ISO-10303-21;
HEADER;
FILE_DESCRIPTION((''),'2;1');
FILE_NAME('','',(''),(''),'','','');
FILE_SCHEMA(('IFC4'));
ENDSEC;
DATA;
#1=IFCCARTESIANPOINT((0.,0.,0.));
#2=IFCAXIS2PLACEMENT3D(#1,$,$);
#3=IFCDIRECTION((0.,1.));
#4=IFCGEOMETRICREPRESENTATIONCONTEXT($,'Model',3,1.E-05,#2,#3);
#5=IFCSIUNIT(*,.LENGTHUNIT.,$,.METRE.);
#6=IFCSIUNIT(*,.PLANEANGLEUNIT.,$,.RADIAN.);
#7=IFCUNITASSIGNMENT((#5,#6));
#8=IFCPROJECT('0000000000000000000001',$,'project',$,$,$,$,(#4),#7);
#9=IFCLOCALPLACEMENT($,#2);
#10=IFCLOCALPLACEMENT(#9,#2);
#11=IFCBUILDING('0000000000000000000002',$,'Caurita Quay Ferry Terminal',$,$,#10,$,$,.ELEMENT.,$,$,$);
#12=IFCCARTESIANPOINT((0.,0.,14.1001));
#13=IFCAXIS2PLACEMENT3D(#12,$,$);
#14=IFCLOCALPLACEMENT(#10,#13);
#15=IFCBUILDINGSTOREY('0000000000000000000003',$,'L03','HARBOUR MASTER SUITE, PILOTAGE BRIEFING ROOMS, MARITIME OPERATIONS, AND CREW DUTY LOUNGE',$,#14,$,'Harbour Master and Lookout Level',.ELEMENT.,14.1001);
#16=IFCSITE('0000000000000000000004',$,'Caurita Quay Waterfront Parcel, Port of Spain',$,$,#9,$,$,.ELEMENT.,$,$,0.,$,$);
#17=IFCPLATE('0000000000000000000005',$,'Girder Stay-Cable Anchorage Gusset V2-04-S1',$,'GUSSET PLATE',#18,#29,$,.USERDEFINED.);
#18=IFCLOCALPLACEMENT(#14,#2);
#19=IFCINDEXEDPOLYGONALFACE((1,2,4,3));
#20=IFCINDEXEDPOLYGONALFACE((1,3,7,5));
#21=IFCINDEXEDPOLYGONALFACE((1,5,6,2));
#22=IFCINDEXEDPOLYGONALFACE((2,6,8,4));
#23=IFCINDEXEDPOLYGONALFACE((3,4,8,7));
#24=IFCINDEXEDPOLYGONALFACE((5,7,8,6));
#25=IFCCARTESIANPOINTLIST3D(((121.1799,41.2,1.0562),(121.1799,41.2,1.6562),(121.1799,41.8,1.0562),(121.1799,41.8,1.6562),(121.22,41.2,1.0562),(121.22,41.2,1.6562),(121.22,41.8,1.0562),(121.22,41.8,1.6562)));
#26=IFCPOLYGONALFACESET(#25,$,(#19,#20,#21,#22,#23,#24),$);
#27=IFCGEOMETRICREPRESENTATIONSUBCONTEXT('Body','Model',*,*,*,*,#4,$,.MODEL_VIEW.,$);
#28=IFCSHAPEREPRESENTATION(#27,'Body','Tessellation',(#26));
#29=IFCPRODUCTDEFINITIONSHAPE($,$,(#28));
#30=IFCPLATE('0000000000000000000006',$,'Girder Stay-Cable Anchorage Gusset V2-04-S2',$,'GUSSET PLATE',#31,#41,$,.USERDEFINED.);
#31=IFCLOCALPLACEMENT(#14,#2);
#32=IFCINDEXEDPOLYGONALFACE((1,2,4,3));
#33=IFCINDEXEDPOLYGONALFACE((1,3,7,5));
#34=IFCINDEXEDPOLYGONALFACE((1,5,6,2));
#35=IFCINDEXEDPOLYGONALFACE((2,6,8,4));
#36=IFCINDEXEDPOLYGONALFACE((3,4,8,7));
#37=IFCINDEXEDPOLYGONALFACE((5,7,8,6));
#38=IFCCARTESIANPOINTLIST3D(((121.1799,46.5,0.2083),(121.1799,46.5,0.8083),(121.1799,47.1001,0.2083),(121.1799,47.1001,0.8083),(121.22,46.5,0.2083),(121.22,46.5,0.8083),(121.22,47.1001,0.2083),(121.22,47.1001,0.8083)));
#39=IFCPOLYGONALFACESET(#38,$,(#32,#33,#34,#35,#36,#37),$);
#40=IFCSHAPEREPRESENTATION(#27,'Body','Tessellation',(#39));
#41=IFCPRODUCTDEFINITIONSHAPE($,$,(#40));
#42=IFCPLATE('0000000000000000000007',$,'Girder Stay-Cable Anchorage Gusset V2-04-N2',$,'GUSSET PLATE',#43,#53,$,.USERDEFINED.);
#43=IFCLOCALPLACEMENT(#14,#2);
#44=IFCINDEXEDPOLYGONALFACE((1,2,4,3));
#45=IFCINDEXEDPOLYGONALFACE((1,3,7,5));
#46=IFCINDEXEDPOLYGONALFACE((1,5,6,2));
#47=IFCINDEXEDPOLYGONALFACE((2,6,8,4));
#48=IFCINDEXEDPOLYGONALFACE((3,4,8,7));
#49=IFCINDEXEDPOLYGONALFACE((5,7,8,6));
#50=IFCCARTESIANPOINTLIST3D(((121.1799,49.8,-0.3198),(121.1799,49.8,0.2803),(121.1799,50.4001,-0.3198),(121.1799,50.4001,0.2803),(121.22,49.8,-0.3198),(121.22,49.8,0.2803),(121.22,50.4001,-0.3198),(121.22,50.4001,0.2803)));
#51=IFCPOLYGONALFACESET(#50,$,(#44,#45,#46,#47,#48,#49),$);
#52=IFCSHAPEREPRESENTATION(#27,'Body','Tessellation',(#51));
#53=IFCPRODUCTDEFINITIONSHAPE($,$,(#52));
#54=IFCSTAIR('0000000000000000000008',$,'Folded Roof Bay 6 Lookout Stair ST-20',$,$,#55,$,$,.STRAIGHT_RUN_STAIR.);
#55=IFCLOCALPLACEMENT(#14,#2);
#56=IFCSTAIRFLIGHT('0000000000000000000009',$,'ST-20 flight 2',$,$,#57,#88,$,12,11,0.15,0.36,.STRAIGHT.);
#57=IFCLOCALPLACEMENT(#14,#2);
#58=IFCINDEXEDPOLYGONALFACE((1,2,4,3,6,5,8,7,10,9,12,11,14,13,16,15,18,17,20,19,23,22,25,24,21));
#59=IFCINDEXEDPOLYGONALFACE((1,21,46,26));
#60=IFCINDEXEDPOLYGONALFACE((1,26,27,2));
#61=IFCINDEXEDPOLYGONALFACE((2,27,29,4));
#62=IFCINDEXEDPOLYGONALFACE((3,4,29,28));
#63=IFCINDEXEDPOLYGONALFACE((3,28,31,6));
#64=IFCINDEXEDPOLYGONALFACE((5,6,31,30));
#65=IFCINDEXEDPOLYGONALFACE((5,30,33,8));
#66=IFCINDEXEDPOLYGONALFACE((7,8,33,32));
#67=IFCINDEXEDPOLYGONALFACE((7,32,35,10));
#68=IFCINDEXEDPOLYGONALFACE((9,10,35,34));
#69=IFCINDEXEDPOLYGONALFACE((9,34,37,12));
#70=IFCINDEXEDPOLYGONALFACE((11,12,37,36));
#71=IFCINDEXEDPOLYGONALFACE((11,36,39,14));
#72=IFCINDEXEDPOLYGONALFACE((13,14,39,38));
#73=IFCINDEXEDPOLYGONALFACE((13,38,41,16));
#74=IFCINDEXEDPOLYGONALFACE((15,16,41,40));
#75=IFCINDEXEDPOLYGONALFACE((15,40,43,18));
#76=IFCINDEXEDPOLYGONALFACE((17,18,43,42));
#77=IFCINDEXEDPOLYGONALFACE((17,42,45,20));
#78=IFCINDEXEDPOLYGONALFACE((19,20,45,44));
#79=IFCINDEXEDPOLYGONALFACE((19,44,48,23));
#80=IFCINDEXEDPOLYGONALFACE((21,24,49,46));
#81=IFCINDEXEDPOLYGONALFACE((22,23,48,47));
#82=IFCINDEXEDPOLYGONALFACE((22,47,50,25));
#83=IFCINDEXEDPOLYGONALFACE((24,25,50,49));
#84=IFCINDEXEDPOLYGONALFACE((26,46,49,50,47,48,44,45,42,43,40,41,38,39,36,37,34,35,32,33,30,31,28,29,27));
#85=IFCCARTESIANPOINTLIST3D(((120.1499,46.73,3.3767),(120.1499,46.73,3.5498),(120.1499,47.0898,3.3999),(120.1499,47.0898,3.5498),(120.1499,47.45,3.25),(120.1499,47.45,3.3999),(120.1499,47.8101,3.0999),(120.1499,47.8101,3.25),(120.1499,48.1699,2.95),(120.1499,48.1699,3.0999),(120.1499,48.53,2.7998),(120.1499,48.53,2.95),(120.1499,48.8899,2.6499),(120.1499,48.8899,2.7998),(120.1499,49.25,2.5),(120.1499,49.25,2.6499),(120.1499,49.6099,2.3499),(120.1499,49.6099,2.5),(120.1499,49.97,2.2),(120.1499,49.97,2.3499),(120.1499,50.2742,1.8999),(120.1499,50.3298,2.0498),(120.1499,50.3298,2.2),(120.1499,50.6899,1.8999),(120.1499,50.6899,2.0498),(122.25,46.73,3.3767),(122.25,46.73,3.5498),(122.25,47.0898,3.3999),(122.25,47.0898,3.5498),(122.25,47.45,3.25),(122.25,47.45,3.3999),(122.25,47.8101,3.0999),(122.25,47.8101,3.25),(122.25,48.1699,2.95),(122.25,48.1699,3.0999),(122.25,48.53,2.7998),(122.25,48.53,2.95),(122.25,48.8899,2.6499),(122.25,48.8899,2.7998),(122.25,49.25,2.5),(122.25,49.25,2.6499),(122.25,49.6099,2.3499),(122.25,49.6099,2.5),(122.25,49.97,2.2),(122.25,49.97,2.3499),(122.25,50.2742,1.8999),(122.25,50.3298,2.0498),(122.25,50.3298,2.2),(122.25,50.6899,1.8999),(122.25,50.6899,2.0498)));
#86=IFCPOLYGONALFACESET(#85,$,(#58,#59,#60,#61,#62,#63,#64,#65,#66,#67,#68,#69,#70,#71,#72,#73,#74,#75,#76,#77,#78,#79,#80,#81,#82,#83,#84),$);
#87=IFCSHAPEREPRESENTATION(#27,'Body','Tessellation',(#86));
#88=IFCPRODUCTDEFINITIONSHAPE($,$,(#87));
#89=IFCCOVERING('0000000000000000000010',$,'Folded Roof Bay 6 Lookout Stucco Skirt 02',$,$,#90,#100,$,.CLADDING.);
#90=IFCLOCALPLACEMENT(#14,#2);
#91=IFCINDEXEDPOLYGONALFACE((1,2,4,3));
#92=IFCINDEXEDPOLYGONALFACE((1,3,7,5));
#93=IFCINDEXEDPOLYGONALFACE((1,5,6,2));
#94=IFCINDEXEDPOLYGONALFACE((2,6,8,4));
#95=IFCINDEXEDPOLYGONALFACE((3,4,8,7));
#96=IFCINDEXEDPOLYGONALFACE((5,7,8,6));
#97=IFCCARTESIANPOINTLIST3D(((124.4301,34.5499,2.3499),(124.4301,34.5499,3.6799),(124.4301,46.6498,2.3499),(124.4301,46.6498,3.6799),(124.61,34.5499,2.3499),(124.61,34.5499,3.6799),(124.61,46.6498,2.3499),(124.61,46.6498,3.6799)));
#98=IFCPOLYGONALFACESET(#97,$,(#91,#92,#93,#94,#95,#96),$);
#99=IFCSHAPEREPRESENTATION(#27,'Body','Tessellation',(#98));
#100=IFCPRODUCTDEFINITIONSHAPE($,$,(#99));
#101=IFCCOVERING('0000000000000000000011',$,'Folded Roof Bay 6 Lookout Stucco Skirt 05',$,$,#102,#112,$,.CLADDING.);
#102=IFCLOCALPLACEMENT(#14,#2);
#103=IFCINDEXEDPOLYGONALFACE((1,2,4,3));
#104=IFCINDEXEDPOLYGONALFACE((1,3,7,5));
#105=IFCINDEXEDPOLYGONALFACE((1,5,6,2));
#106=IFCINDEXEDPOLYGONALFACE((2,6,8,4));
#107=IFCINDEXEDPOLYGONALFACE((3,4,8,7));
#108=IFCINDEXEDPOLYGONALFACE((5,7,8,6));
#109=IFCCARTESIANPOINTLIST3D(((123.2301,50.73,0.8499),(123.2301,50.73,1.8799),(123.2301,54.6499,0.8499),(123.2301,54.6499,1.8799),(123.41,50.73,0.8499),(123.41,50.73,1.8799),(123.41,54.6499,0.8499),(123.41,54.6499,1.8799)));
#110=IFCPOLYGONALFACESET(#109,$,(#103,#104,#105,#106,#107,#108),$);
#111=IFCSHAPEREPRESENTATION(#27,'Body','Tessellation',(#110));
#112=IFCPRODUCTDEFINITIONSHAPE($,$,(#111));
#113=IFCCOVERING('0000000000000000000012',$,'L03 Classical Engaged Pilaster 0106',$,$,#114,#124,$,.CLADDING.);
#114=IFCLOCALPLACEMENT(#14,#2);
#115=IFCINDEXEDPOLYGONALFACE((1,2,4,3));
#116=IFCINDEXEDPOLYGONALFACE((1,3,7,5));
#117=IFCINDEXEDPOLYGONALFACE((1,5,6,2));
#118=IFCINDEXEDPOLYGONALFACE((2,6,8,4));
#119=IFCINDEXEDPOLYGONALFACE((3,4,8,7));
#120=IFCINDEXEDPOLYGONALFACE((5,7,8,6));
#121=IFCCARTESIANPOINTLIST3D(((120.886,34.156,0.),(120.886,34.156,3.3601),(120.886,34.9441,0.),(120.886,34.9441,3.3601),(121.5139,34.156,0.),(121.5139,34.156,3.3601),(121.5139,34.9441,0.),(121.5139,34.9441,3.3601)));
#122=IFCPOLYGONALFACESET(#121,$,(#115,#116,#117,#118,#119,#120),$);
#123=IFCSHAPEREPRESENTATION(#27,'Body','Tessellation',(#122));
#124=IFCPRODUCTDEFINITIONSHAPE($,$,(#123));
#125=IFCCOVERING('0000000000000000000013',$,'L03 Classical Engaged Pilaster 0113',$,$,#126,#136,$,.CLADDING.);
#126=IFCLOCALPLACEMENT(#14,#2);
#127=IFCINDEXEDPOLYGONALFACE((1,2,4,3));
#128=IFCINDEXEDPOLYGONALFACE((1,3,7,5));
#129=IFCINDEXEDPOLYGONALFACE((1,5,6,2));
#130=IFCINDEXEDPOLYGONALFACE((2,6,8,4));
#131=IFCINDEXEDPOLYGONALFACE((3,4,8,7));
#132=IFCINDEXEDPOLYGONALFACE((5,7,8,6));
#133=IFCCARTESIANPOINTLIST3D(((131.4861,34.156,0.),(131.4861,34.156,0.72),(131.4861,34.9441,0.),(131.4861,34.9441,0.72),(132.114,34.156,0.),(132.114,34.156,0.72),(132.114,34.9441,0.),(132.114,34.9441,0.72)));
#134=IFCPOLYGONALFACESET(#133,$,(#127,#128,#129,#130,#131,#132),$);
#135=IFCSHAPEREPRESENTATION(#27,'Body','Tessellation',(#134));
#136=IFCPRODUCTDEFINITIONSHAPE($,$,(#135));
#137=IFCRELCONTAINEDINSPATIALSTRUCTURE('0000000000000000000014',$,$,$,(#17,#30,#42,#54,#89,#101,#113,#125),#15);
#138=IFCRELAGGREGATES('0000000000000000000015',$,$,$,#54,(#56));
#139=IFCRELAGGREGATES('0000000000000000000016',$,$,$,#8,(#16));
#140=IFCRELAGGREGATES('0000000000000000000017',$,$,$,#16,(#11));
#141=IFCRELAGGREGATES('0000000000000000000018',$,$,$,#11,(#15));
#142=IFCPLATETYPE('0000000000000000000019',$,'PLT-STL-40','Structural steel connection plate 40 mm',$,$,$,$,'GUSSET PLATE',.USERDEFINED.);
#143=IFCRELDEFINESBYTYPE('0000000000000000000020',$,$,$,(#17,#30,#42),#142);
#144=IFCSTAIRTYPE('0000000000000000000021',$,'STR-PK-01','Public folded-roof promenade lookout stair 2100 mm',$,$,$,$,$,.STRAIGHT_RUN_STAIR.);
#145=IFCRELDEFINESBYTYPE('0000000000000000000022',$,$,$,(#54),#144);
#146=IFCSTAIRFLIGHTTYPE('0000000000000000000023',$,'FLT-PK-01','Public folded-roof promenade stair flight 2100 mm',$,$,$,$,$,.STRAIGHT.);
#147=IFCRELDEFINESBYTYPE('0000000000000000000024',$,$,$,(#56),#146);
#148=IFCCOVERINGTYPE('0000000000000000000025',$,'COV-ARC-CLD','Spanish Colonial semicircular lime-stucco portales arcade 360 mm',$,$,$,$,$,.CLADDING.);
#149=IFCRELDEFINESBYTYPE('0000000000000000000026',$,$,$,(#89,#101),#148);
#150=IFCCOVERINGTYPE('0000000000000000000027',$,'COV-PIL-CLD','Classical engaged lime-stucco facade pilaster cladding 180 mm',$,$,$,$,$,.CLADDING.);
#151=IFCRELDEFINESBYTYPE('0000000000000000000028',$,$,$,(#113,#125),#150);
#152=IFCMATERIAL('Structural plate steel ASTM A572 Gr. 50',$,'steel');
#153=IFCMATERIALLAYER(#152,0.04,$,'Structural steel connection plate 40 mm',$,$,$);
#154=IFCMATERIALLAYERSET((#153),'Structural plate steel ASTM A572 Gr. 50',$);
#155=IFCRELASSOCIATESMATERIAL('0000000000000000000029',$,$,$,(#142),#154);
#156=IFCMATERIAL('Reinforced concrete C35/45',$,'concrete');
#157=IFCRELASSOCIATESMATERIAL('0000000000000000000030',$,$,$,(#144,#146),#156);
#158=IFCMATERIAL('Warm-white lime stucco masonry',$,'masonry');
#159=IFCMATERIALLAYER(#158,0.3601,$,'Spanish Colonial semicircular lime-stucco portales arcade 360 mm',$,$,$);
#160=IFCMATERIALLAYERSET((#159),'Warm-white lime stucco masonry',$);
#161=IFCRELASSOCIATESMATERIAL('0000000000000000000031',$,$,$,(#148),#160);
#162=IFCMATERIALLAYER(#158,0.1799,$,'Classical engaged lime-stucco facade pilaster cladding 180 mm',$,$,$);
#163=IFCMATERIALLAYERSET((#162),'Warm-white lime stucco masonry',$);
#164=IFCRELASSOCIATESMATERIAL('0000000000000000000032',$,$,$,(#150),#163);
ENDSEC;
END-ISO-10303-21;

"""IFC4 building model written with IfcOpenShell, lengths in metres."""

from ifc_helpers import new_model, si_unit, direction, frame, frame_2d, origin, origin_2d, place, context, subcontext, project, spatial, polyline, rectangle, outline, extrude, material, layer, layer_set, type_object, element, aggregate, save


model = new_model("IFC4")

# Units and contexts
model_context = context("Model", 3, precision=1e-05, world=origin(), true_north=direction((0.0, 1.0)))
body_context = subcontext(model_context, "Body", "Model", "MODEL_VIEW")
ifc_project = project(units=[si_unit("LENGTHUNIT", "METRE"), si_unit("PLANEANGLEUNIT", "RADIAN")], contexts=[model_context])

# Site, building, storey
site_placement = place(None, origin())
site = spatial("IfcSite", under=ifc_project, at=site_placement, Name="Caurita Quay Waterfront Parcel, Port of Spain", CompositionType="ELEMENT", RefElevation=0.0)
building_placement = place(site_placement, origin())
building = spatial("IfcBuilding", under=site, at=building_placement, Name="Caurita Quay Ferry Terminal", CompositionType="ELEMENT")
storey_placement = place(building_placement, frame((0.0, 0.0, 14.1001)))
storey = spatial("IfcBuildingStorey", under=building, at=storey_placement, Name="L03", Description="HARBOUR MASTER SUITE, PILOTAGE BRIEFING ROOMS, MARITIME OPERATIONS, AND CREW DUTY LOUNGE", LongName="Harbour Master and Lookout Level", CompositionType="ELEMENT", Elevation=14.1001)

# Plates
ifc_material_1 = material(Name="Structural plate steel ASTM A572 Gr. 50", Category="steel")
ifc_layer_1 = layer(ifc_material_1, 0.04, Name="Structural steel connection plate 40 mm")
ifc_layer_set_1 = layer_set([ifc_layer_1], Name="Structural plate steel ASTM A572 Gr. 50")
plate_type_1 = type_object("IfcPlateType", Name="PLT-STL-40", Description="Structural steel connection plate 40 mm", ElementType="GUSSET PLATE", PredefinedType="USERDEFINED", material=ifc_layer_set_1)
for number, where, z_axis, x_axis, name in (
    (1, (121.2, 41.5, 1.0562), (0.0, 0.0, 1.0), (1.0, 0.0, 0.0), "Girder Stay-Cable Anchorage Gusset V2-04-S1"),
    (2, (121.2, 46.8, 0.2083), (0.0, 0.0, 1.0), (1.0, 0.0, 0.0), "Girder Stay-Cable Anchorage Gusset V2-04-S2"),
    (3, (121.2, 50.1001, -0.3198), (0.0, 0.0, 1.0), (1.0, 0.0, 0.0), "Girder Stay-Cable Anchorage Gusset V2-04-N2"),
):
    element("IfcPlate", number, at=place(storey_placement, frame(where, z_axis=z_axis, x_axis=x_axis)), inside=storey, type_object=plate_type_1, Name=name, ObjectType="GUSSET PLATE", PredefinedType="USERDEFINED", context=body_context, shape_type="SweptSolid", body=[
        extrude(rectangle(XDim=0.04, YDim=0.6001, at=origin_2d()), origin(), (0.0, 0.0, 1.0), 0.6001),
    ])

# Stair, stair flight
ifc_material_2 = material(Name="Reinforced concrete C35/45", Category="concrete")
stair_type = type_object("IfcStairType", Name="STR-PK-01", Description="Public folded-roof promenade lookout stair 2100 mm", PredefinedType="STRAIGHT_RUN_STAIR", material=ifc_material_2)
stair_placement = place(storey_placement, origin())
stair = element("IfcStair", 4, at=stair_placement, inside=storey, type_object=stair_type, Name="Folded Roof Bay 6 Lookout Stair ST-20", PredefinedType="STRAIGHT_RUN_STAIR")
stair_flight_type = type_object("IfcStairFlightType", Name="FLT-PK-01", Description="Public folded-roof promenade stair flight 2100 mm", PredefinedType="STRAIGHT", material=ifc_material_2)
stair_flight_placement = place(storey_placement, frame((121.2, 50.6899, 1.8999), z_axis=(0.0, 0.0, 1.0), x_axis=(0.0, -1.0, 0.0)))
stair_flight = element("IfcStairFlight", 5, at=stair_flight_placement, type_object=stair_flight_type, Name="ST-20 flight 2", NumberOfRisers=12, NumberOfTreads=11, PredefinedType="STRAIGHT", RiserHeight=0.15, TreadLength=0.36, context=body_context, shape_type="SweptSolid", body=[
    extrude(outline(polyline([(0.0, 0.0), (0.0, 0.1499), (0.3601, 0.1499), (0.3601, 0.3), (0.72, 0.3), (0.72, 0.45), (1.0801, 0.45), (1.0801, 0.6001), (1.4399, 0.6001), (1.4399, 0.75), (1.8, 0.75), (1.8, 0.8999), (2.1599, 0.8999), (2.1599, 1.05), (2.52, 1.05), (2.52, 1.2), (2.8799, 1.2), (2.8799, 1.3501), (3.24, 1.3501), (3.24, 1.5), (3.6001, 1.5), (3.6001, 1.6499), (3.96, 1.6499), (3.96, 1.8), (3.96, 1.4768), (0.4158, 0.0), (0.0, 0.0)])), frame((0.0, 1.05, 0.0), z_axis=(0.0, -1.0, 0.0), x_axis=(1.0, 0.0, 0.0)), (0.0, 0.0, 1.0), 2.1001),
])
aggregate(stair, [stair_flight])

# Coverings
ifc_material_3 = material(Name="Warm-white lime stucco masonry", Category="masonry")
ifc_layer_2 = layer(ifc_material_3, 0.3601, Name="Spanish Colonial semicircular lime-stucco portales arcade 360 mm")
ifc_layer_set_2 = layer_set([ifc_layer_2], Name="Warm-white lime stucco masonry")
covering_type_1 = type_object("IfcCoveringType", Name="COV-ARC-CLD", Description="Spanish Colonial semicircular lime-stucco portales arcade 360 mm", PredefinedType="CLADDING", material=ifc_layer_set_2)
covering_1_placement = place(storey_placement, frame((124.52, 34.55, 2.3499), z_axis=(0.0, 0.0, 1.0), x_axis=(0.0, 1.0, 0.0)))
element("IfcCovering", 6, at=covering_1_placement, inside=storey, type_object=covering_type_1, Name="Folded Roof Bay 6 Lookout Stucco Skirt 02", PredefinedType="CLADDING", context=body_context, shape_type="SweptSolid", body=[
    extrude(rectangle(XDim=12.0999, YDim=0.1799, at=frame_2d((6.0498, 0.0))), origin(), (0.0, 0.0, 1.0), 1.3301),
])
covering_2_placement = place(storey_placement, frame((123.3201, 50.73, 0.8499), z_axis=(0.0, 0.0, 1.0), x_axis=(0.0, 1.0, 0.0)))
element("IfcCovering", 7, at=covering_2_placement, inside=storey, type_object=covering_type_1, Name="Folded Roof Bay 6 Lookout Stucco Skirt 05", PredefinedType="CLADDING", context=body_context, shape_type="SweptSolid", body=[
    extrude(rectangle(XDim=3.9199, YDim=0.1799, at=frame_2d((1.96, 0.0))), origin(), (0.0, 0.0, 1.0), 1.03),
])
ifc_layer_3 = layer(ifc_material_3, 0.1799, Name="Classical engaged lime-stucco facade pilaster cladding 180 mm")
ifc_layer_set_3 = layer_set([ifc_layer_3], Name="Warm-white lime stucco masonry")
covering_type_2 = type_object("IfcCoveringType", Name="COV-PIL-CLD", Description="Classical engaged lime-stucco facade pilaster cladding 180 mm", PredefinedType="CLADDING", material=ifc_layer_set_3)
covering_3_placement = place(storey_placement, frame((121.2, 34.55, 0.0), z_axis=(0.0, 0.0, 1.0), x_axis=(1.0, 0.0, 0.0)))
element("IfcCovering", 8, at=covering_3_placement, inside=storey, type_object=covering_type_2, Name="L03 Classical Engaged Pilaster 0106", PredefinedType="CLADDING", context=body_context, shape_type="SweptSolid", body=[
    extrude(rectangle(XDim=0.6279, YDim=0.7881, at=origin_2d()), origin(), (0.0, 0.0, 1.0), 3.3601),
])
covering_4_placement = place(storey_placement, frame((131.8, 34.55, 0.0), z_axis=(0.0, 0.0, 1.0), x_axis=(1.0, 0.0, 0.0)))
element("IfcCovering", 9, at=covering_4_placement, inside=storey, type_object=covering_type_2, Name="L03 Classical Engaged Pilaster 0113", PredefinedType="CLADDING", context=body_context, shape_type="SweptSolid", body=[
    extrude(rectangle(XDim=0.6279, YDim=0.7881, at=origin_2d()), origin(), (0.0, 0.0, 1.0), 0.72),
])

save(model, "model.ifc")
